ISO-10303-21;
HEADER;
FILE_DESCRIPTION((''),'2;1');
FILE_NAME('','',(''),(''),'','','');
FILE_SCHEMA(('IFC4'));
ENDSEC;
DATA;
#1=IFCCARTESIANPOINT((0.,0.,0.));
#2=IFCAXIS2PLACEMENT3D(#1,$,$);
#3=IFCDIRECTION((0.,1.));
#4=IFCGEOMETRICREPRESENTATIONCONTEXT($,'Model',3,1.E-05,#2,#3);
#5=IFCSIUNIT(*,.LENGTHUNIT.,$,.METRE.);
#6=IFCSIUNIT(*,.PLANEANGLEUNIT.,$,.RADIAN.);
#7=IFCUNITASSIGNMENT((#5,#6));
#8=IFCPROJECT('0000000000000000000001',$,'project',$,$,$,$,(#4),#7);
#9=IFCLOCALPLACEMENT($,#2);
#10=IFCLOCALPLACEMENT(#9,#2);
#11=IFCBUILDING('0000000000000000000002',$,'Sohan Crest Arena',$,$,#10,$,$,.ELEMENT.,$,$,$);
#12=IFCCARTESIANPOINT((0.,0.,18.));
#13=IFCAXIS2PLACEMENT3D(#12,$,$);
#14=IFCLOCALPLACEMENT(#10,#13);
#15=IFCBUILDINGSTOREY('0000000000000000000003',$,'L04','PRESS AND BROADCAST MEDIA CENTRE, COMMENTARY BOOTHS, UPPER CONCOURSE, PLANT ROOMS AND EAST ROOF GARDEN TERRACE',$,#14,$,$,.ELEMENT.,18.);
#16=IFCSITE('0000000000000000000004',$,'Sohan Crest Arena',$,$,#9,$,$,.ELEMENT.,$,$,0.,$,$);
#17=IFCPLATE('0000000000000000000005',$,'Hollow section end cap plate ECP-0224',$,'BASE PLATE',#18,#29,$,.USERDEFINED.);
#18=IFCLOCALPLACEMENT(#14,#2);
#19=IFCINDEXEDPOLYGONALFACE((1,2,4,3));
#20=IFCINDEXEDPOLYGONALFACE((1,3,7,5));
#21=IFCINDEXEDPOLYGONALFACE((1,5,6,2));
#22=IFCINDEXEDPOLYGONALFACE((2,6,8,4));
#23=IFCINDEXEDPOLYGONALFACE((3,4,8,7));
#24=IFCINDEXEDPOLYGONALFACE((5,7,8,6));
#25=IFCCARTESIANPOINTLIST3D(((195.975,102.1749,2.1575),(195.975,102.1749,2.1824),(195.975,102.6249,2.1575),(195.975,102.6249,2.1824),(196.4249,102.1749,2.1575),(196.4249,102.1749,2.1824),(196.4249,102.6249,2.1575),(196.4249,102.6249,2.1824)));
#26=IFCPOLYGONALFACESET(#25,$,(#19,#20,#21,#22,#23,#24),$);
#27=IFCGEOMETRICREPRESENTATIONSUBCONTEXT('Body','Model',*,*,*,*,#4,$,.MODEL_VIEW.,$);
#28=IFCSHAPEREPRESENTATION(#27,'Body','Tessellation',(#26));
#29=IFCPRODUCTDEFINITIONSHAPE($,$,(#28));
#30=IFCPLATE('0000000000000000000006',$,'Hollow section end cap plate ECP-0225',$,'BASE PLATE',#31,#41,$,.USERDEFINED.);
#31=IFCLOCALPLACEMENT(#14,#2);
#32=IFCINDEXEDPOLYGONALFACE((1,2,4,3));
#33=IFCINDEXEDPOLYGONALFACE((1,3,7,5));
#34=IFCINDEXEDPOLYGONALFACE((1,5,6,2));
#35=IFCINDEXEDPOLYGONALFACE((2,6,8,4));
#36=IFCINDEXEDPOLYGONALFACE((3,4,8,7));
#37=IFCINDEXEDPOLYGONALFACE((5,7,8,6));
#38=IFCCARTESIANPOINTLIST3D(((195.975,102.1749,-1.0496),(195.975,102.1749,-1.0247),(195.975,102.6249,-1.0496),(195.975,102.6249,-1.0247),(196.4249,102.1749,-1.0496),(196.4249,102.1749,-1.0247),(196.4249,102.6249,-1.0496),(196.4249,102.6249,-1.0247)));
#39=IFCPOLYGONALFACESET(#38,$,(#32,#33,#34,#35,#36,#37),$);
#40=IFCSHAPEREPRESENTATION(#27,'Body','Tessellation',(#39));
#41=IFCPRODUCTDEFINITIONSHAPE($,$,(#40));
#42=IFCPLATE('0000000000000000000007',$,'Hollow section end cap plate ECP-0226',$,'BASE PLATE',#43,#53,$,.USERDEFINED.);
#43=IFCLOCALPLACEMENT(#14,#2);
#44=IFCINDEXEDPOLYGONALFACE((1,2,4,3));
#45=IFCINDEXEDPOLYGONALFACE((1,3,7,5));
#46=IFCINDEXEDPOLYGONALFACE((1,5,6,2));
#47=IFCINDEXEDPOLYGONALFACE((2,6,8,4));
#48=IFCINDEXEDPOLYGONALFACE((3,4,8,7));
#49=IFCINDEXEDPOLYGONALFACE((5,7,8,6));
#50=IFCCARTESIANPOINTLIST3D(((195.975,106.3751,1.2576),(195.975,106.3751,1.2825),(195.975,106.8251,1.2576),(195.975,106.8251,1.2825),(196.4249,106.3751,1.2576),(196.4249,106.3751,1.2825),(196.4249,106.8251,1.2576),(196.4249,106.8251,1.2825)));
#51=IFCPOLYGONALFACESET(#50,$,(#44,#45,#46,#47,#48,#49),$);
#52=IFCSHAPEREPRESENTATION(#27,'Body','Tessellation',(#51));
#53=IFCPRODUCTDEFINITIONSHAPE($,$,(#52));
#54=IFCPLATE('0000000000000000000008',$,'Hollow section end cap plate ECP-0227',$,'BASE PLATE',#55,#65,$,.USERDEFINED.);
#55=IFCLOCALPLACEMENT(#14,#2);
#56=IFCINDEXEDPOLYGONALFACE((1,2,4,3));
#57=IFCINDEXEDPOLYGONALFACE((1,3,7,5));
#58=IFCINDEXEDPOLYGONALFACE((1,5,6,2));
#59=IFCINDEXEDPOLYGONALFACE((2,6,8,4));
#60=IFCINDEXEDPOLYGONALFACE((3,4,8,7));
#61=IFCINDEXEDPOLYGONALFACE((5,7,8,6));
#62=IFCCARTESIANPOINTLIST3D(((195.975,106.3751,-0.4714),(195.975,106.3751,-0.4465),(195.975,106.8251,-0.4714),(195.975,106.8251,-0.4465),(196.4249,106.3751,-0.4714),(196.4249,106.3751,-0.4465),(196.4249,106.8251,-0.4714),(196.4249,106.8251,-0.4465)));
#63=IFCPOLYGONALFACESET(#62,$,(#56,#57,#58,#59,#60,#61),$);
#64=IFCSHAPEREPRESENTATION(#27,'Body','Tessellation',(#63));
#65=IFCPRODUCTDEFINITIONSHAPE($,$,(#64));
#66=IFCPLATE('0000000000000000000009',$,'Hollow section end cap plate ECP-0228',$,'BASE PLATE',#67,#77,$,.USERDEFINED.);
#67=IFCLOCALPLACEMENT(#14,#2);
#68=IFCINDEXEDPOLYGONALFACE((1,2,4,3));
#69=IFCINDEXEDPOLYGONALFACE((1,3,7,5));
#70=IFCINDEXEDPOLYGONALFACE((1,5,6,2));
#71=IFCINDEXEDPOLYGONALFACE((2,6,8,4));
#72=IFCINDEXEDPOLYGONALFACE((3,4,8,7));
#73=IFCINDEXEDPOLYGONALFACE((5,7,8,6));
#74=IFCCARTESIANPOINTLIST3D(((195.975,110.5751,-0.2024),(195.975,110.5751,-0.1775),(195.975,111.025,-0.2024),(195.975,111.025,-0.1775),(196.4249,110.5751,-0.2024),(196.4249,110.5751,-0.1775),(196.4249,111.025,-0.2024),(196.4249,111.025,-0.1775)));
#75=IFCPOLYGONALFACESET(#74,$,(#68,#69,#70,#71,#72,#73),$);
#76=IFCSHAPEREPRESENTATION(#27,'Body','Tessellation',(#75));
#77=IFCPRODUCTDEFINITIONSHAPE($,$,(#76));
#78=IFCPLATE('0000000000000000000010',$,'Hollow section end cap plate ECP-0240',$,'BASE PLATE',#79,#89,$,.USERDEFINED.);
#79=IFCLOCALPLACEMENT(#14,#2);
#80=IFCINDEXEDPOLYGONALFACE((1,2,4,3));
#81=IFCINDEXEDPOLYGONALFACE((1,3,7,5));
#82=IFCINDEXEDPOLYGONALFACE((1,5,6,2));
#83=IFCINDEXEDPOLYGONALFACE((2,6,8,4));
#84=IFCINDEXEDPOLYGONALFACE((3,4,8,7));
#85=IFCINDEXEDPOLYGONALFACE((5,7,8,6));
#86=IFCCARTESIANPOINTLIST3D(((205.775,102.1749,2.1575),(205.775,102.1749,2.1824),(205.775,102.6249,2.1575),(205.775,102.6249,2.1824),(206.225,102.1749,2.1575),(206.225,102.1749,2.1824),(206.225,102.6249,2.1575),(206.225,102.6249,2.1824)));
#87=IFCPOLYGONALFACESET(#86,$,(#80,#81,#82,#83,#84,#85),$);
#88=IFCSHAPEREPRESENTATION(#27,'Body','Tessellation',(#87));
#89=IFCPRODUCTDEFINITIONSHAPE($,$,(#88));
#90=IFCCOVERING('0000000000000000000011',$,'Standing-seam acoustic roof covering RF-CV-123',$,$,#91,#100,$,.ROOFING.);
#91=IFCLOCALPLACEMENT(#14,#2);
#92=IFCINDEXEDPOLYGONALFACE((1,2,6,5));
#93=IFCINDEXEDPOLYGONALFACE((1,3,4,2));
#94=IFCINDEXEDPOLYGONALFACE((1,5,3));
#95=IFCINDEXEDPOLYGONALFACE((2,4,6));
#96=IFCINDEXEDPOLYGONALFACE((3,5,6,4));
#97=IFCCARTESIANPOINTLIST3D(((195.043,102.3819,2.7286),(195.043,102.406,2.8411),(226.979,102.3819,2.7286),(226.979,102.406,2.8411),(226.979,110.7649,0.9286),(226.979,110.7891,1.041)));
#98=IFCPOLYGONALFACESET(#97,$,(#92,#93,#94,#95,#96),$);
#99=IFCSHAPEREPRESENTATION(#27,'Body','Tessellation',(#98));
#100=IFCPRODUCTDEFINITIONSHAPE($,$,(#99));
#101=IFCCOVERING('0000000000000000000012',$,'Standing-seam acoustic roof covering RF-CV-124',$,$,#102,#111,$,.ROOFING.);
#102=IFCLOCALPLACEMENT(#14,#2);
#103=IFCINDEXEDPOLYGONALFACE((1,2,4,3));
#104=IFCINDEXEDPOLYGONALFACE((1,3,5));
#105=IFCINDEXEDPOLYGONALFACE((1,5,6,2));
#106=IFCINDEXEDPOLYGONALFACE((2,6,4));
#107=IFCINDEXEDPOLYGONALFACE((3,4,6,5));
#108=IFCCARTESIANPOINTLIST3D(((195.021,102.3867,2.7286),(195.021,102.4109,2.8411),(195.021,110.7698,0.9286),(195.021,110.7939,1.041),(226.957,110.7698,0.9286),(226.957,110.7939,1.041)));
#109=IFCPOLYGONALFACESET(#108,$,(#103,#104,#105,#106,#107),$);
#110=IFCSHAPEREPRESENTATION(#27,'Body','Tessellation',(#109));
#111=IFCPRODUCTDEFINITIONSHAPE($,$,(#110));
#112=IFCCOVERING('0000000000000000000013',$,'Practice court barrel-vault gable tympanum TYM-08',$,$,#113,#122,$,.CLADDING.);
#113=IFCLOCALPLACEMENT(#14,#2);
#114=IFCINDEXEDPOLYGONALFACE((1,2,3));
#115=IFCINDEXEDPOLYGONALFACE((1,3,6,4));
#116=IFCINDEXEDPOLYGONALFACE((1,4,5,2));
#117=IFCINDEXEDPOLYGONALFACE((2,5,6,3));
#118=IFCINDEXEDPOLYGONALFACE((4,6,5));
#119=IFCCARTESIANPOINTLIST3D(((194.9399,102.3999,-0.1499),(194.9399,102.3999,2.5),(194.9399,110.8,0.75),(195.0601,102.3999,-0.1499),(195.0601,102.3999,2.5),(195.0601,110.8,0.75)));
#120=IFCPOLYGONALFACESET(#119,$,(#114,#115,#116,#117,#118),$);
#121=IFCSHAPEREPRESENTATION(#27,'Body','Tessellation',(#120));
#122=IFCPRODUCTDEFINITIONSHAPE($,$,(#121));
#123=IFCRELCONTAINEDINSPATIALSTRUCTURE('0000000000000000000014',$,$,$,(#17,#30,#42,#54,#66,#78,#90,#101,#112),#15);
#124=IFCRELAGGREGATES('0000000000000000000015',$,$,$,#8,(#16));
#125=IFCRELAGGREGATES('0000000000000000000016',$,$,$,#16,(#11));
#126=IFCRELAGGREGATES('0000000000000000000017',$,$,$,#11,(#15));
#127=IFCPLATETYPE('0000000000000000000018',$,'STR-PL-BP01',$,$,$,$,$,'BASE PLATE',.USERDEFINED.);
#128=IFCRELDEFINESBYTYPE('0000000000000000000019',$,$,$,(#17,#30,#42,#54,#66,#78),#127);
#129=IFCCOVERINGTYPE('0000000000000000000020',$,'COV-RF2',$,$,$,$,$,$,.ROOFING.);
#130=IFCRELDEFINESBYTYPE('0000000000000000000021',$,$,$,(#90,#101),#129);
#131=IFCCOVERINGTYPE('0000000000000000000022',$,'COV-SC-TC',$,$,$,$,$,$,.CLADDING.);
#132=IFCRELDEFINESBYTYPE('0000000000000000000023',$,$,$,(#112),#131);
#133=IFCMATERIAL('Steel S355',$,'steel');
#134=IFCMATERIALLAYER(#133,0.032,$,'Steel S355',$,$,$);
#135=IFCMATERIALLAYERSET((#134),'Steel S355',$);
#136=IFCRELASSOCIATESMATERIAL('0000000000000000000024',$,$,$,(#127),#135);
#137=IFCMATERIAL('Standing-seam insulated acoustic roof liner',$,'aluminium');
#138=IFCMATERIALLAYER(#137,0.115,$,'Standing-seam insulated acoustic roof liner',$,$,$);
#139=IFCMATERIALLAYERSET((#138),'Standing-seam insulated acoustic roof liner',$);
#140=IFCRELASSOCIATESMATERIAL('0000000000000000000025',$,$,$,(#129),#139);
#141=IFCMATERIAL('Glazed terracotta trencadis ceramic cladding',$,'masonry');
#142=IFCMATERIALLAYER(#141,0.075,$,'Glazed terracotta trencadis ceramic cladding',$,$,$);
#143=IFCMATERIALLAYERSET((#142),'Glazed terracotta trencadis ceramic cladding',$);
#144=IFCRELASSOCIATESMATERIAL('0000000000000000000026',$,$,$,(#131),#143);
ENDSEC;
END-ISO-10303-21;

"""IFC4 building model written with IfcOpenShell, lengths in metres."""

from ifc_helpers import new_model, si_unit, direction, frame, origin, origin_2d, place, context, subcontext, project, spatial, polyline, rectangle, outline, extrude, material, layer, layer_set, type_object, element, save


model = new_model("IFC4")

# Units and contexts
model_context = context("Model", 3, precision=1e-05, world=origin(), true_north=direction((0.0, 1.0)))
body_context = subcontext(model_context, "Body", "Model", "MODEL_VIEW")
ifc_project = project(units=[si_unit("LENGTHUNIT", "METRE"), si_unit("PLANEANGLEUNIT", "RADIAN")], contexts=[model_context])

# Site, building, storey
site_placement = place(None, origin())
site = spatial("IfcSite", under=ifc_project, at=site_placement, Name="Sohan Crest Arena", CompositionType="ELEMENT", RefElevation=0.0)
building_placement = place(site_placement, origin())
building = spatial("IfcBuilding", under=site, at=building_placement, Name="Sohan Crest Arena", CompositionType="ELEMENT")
storey_placement = place(building_placement, frame((0.0, 0.0, 18.0)))
storey = spatial("IfcBuildingStorey", under=building, at=storey_placement, Name="L04", Description="PRESS AND BROADCAST MEDIA CENTRE, COMMENTARY BOOTHS, UPPER CONCOURSE, PLANT ROOMS AND EAST ROOF GARDEN TERRACE", CompositionType="ELEMENT", Elevation=18.0)

# Shared definitions
ifc_material_1 = material(Name="Steel S355", Category="steel")

# Plates
ifc_layer_1 = layer(ifc_material_1, 0.032, Name="Steel S355")
ifc_layer_set_1 = layer_set([ifc_layer_1], Name="Steel S355")
plate_type = type_object("IfcPlateType", Name="STR-PL-BP01", ElementType="BASE PLATE", PredefinedType="USERDEFINED", material=ifc_layer_set_1)
for number, where, z_axis, x_axis, name in (
    (1, (196.2, 102.3999, 2.1575), (0.0, 0.0, 1.0), (1.0, 0.0, 0.0), "Hollow section end cap plate ECP-0224"),
    (2, (196.2, 102.3999, -1.0496), (0.0, 0.0, 1.0), (1.0, 0.0, 0.0), "Hollow section end cap plate ECP-0225"),
    (3, (196.2, 106.6001, 1.2576), (0.0, 0.0, 1.0), (1.0, 0.0, 0.0), "Hollow section end cap plate ECP-0226"),
    (4, (196.2, 106.6001, -0.4714), (0.0, 0.0, 1.0), (1.0, 0.0, 0.0), "Hollow section end cap plate ECP-0227"),
    (5, (196.2, 110.8, -0.2024), (0.0, 0.0, 1.0), (1.0, 0.0, 0.0), "Hollow section end cap plate ECP-0228"),
    (6, (206.0, 102.3999, 2.1575), (0.0, 0.0, 1.0), (1.0, 0.0, 0.0), "Hollow section end cap plate ECP-0240"),
):
    element("IfcPlate", number, at=place(storey_placement, frame(where, z_axis=z_axis, x_axis=x_axis)), inside=storey, type_object=plate_type, Name=name, ObjectType="BASE PLATE", PredefinedType="USERDEFINED", context=body_context, shape_type="SweptSolid", body=[
        extrude(rectangle(XDim=0.45, YDim=0.45, at=origin_2d()), origin(), (0.0, 0.0, 1.0), 0.0249),
    ])

# Coverings
ifc_material_2 = material(Name="Standing-seam insulated acoustic roof liner", Category="aluminium")
ifc_layer_2 = layer(ifc_material_2, 0.115, Name="Standing-seam insulated acoustic roof liner")
ifc_layer_set_2 = layer_set([ifc_layer_2], Name="Standing-seam insulated acoustic roof liner")
covering_type_1 = type_object("IfcCoveringType", Name="COV-RF2", PredefinedType="ROOFING", material=ifc_layer_set_2)
covering_1_placement = place(storey_placement, frame((195.043, 102.406, 2.8411), z_axis=(0.0, 0.209939, 0.977714), x_axis=(1.0, 0.0, 0.0)))
element("IfcCovering", 7, at=covering_1_placement, inside=storey, type_object=covering_type_1, Name="Standing-seam acoustic roof covering RF-CV-123", PredefinedType="ROOFING", context=body_context, shape_type="SweptSolid", body=[
    extrude(outline(polyline([(0.0, 0.0), (31.936, 0.0), (31.936, 8.5741), (0.0, 0.0)])), origin(), (0.0, 0.0, -1.0), 0.115),
])
covering_2_placement = place(storey_placement, frame((195.021, 102.4109, 2.8411), z_axis=(0.0, 0.209939, 0.977714), x_axis=(0.965798, 0.253517, -0.054436)))
element("IfcCovering", 8, at=covering_2_placement, inside=storey, type_object=covering_type_1, Name="Standing-seam acoustic roof covering RF-CV-124", PredefinedType="ROOFING", context=body_context, shape_type="SweptSolid", body=[
    extrude(outline(polyline([(0.0, 0.0), (33.067, 0.0), (2.2232, 8.2809), (0.0, 0.0)])), origin(), (0.0, 0.0, -1.0), 0.115),
])
ifc_material_3 = material(Name="Glazed terracotta trencadis ceramic cladding", Category="masonry")
ifc_layer_3 = layer(ifc_material_3, 0.075, Name="Glazed terracotta trencadis ceramic cladding")
ifc_layer_set_3 = layer_set([ifc_layer_3], Name="Glazed terracotta trencadis ceramic cladding")
covering_type_2 = type_object("IfcCoveringType", Name="COV-SC-TC", PredefinedType="CLADDING", material=ifc_layer_set_3)
covering_3_placement = place(storey_placement, frame((195.0601, 102.3999, -0.1499), z_axis=(1.0, 0.0, 0.0), x_axis=(0.0, 0.994311, 0.10652)))
element("IfcCovering", 9, at=covering_3_placement, inside=storey, type_object=covering_type_2, Name="Practice court barrel-vault gable tympanum TYM-08", PredefinedType="CLADDING", context=body_context, shape_type="SweptSolid", body=[
    extrude(outline(polyline([(0.0, 0.0), (8.4482, 0.0), (0.2823, 2.6348), (0.0, 0.0)])), origin(), (0.0, 0.0, -1.0), 0.1201),
])

save(model, "model.ifc")
